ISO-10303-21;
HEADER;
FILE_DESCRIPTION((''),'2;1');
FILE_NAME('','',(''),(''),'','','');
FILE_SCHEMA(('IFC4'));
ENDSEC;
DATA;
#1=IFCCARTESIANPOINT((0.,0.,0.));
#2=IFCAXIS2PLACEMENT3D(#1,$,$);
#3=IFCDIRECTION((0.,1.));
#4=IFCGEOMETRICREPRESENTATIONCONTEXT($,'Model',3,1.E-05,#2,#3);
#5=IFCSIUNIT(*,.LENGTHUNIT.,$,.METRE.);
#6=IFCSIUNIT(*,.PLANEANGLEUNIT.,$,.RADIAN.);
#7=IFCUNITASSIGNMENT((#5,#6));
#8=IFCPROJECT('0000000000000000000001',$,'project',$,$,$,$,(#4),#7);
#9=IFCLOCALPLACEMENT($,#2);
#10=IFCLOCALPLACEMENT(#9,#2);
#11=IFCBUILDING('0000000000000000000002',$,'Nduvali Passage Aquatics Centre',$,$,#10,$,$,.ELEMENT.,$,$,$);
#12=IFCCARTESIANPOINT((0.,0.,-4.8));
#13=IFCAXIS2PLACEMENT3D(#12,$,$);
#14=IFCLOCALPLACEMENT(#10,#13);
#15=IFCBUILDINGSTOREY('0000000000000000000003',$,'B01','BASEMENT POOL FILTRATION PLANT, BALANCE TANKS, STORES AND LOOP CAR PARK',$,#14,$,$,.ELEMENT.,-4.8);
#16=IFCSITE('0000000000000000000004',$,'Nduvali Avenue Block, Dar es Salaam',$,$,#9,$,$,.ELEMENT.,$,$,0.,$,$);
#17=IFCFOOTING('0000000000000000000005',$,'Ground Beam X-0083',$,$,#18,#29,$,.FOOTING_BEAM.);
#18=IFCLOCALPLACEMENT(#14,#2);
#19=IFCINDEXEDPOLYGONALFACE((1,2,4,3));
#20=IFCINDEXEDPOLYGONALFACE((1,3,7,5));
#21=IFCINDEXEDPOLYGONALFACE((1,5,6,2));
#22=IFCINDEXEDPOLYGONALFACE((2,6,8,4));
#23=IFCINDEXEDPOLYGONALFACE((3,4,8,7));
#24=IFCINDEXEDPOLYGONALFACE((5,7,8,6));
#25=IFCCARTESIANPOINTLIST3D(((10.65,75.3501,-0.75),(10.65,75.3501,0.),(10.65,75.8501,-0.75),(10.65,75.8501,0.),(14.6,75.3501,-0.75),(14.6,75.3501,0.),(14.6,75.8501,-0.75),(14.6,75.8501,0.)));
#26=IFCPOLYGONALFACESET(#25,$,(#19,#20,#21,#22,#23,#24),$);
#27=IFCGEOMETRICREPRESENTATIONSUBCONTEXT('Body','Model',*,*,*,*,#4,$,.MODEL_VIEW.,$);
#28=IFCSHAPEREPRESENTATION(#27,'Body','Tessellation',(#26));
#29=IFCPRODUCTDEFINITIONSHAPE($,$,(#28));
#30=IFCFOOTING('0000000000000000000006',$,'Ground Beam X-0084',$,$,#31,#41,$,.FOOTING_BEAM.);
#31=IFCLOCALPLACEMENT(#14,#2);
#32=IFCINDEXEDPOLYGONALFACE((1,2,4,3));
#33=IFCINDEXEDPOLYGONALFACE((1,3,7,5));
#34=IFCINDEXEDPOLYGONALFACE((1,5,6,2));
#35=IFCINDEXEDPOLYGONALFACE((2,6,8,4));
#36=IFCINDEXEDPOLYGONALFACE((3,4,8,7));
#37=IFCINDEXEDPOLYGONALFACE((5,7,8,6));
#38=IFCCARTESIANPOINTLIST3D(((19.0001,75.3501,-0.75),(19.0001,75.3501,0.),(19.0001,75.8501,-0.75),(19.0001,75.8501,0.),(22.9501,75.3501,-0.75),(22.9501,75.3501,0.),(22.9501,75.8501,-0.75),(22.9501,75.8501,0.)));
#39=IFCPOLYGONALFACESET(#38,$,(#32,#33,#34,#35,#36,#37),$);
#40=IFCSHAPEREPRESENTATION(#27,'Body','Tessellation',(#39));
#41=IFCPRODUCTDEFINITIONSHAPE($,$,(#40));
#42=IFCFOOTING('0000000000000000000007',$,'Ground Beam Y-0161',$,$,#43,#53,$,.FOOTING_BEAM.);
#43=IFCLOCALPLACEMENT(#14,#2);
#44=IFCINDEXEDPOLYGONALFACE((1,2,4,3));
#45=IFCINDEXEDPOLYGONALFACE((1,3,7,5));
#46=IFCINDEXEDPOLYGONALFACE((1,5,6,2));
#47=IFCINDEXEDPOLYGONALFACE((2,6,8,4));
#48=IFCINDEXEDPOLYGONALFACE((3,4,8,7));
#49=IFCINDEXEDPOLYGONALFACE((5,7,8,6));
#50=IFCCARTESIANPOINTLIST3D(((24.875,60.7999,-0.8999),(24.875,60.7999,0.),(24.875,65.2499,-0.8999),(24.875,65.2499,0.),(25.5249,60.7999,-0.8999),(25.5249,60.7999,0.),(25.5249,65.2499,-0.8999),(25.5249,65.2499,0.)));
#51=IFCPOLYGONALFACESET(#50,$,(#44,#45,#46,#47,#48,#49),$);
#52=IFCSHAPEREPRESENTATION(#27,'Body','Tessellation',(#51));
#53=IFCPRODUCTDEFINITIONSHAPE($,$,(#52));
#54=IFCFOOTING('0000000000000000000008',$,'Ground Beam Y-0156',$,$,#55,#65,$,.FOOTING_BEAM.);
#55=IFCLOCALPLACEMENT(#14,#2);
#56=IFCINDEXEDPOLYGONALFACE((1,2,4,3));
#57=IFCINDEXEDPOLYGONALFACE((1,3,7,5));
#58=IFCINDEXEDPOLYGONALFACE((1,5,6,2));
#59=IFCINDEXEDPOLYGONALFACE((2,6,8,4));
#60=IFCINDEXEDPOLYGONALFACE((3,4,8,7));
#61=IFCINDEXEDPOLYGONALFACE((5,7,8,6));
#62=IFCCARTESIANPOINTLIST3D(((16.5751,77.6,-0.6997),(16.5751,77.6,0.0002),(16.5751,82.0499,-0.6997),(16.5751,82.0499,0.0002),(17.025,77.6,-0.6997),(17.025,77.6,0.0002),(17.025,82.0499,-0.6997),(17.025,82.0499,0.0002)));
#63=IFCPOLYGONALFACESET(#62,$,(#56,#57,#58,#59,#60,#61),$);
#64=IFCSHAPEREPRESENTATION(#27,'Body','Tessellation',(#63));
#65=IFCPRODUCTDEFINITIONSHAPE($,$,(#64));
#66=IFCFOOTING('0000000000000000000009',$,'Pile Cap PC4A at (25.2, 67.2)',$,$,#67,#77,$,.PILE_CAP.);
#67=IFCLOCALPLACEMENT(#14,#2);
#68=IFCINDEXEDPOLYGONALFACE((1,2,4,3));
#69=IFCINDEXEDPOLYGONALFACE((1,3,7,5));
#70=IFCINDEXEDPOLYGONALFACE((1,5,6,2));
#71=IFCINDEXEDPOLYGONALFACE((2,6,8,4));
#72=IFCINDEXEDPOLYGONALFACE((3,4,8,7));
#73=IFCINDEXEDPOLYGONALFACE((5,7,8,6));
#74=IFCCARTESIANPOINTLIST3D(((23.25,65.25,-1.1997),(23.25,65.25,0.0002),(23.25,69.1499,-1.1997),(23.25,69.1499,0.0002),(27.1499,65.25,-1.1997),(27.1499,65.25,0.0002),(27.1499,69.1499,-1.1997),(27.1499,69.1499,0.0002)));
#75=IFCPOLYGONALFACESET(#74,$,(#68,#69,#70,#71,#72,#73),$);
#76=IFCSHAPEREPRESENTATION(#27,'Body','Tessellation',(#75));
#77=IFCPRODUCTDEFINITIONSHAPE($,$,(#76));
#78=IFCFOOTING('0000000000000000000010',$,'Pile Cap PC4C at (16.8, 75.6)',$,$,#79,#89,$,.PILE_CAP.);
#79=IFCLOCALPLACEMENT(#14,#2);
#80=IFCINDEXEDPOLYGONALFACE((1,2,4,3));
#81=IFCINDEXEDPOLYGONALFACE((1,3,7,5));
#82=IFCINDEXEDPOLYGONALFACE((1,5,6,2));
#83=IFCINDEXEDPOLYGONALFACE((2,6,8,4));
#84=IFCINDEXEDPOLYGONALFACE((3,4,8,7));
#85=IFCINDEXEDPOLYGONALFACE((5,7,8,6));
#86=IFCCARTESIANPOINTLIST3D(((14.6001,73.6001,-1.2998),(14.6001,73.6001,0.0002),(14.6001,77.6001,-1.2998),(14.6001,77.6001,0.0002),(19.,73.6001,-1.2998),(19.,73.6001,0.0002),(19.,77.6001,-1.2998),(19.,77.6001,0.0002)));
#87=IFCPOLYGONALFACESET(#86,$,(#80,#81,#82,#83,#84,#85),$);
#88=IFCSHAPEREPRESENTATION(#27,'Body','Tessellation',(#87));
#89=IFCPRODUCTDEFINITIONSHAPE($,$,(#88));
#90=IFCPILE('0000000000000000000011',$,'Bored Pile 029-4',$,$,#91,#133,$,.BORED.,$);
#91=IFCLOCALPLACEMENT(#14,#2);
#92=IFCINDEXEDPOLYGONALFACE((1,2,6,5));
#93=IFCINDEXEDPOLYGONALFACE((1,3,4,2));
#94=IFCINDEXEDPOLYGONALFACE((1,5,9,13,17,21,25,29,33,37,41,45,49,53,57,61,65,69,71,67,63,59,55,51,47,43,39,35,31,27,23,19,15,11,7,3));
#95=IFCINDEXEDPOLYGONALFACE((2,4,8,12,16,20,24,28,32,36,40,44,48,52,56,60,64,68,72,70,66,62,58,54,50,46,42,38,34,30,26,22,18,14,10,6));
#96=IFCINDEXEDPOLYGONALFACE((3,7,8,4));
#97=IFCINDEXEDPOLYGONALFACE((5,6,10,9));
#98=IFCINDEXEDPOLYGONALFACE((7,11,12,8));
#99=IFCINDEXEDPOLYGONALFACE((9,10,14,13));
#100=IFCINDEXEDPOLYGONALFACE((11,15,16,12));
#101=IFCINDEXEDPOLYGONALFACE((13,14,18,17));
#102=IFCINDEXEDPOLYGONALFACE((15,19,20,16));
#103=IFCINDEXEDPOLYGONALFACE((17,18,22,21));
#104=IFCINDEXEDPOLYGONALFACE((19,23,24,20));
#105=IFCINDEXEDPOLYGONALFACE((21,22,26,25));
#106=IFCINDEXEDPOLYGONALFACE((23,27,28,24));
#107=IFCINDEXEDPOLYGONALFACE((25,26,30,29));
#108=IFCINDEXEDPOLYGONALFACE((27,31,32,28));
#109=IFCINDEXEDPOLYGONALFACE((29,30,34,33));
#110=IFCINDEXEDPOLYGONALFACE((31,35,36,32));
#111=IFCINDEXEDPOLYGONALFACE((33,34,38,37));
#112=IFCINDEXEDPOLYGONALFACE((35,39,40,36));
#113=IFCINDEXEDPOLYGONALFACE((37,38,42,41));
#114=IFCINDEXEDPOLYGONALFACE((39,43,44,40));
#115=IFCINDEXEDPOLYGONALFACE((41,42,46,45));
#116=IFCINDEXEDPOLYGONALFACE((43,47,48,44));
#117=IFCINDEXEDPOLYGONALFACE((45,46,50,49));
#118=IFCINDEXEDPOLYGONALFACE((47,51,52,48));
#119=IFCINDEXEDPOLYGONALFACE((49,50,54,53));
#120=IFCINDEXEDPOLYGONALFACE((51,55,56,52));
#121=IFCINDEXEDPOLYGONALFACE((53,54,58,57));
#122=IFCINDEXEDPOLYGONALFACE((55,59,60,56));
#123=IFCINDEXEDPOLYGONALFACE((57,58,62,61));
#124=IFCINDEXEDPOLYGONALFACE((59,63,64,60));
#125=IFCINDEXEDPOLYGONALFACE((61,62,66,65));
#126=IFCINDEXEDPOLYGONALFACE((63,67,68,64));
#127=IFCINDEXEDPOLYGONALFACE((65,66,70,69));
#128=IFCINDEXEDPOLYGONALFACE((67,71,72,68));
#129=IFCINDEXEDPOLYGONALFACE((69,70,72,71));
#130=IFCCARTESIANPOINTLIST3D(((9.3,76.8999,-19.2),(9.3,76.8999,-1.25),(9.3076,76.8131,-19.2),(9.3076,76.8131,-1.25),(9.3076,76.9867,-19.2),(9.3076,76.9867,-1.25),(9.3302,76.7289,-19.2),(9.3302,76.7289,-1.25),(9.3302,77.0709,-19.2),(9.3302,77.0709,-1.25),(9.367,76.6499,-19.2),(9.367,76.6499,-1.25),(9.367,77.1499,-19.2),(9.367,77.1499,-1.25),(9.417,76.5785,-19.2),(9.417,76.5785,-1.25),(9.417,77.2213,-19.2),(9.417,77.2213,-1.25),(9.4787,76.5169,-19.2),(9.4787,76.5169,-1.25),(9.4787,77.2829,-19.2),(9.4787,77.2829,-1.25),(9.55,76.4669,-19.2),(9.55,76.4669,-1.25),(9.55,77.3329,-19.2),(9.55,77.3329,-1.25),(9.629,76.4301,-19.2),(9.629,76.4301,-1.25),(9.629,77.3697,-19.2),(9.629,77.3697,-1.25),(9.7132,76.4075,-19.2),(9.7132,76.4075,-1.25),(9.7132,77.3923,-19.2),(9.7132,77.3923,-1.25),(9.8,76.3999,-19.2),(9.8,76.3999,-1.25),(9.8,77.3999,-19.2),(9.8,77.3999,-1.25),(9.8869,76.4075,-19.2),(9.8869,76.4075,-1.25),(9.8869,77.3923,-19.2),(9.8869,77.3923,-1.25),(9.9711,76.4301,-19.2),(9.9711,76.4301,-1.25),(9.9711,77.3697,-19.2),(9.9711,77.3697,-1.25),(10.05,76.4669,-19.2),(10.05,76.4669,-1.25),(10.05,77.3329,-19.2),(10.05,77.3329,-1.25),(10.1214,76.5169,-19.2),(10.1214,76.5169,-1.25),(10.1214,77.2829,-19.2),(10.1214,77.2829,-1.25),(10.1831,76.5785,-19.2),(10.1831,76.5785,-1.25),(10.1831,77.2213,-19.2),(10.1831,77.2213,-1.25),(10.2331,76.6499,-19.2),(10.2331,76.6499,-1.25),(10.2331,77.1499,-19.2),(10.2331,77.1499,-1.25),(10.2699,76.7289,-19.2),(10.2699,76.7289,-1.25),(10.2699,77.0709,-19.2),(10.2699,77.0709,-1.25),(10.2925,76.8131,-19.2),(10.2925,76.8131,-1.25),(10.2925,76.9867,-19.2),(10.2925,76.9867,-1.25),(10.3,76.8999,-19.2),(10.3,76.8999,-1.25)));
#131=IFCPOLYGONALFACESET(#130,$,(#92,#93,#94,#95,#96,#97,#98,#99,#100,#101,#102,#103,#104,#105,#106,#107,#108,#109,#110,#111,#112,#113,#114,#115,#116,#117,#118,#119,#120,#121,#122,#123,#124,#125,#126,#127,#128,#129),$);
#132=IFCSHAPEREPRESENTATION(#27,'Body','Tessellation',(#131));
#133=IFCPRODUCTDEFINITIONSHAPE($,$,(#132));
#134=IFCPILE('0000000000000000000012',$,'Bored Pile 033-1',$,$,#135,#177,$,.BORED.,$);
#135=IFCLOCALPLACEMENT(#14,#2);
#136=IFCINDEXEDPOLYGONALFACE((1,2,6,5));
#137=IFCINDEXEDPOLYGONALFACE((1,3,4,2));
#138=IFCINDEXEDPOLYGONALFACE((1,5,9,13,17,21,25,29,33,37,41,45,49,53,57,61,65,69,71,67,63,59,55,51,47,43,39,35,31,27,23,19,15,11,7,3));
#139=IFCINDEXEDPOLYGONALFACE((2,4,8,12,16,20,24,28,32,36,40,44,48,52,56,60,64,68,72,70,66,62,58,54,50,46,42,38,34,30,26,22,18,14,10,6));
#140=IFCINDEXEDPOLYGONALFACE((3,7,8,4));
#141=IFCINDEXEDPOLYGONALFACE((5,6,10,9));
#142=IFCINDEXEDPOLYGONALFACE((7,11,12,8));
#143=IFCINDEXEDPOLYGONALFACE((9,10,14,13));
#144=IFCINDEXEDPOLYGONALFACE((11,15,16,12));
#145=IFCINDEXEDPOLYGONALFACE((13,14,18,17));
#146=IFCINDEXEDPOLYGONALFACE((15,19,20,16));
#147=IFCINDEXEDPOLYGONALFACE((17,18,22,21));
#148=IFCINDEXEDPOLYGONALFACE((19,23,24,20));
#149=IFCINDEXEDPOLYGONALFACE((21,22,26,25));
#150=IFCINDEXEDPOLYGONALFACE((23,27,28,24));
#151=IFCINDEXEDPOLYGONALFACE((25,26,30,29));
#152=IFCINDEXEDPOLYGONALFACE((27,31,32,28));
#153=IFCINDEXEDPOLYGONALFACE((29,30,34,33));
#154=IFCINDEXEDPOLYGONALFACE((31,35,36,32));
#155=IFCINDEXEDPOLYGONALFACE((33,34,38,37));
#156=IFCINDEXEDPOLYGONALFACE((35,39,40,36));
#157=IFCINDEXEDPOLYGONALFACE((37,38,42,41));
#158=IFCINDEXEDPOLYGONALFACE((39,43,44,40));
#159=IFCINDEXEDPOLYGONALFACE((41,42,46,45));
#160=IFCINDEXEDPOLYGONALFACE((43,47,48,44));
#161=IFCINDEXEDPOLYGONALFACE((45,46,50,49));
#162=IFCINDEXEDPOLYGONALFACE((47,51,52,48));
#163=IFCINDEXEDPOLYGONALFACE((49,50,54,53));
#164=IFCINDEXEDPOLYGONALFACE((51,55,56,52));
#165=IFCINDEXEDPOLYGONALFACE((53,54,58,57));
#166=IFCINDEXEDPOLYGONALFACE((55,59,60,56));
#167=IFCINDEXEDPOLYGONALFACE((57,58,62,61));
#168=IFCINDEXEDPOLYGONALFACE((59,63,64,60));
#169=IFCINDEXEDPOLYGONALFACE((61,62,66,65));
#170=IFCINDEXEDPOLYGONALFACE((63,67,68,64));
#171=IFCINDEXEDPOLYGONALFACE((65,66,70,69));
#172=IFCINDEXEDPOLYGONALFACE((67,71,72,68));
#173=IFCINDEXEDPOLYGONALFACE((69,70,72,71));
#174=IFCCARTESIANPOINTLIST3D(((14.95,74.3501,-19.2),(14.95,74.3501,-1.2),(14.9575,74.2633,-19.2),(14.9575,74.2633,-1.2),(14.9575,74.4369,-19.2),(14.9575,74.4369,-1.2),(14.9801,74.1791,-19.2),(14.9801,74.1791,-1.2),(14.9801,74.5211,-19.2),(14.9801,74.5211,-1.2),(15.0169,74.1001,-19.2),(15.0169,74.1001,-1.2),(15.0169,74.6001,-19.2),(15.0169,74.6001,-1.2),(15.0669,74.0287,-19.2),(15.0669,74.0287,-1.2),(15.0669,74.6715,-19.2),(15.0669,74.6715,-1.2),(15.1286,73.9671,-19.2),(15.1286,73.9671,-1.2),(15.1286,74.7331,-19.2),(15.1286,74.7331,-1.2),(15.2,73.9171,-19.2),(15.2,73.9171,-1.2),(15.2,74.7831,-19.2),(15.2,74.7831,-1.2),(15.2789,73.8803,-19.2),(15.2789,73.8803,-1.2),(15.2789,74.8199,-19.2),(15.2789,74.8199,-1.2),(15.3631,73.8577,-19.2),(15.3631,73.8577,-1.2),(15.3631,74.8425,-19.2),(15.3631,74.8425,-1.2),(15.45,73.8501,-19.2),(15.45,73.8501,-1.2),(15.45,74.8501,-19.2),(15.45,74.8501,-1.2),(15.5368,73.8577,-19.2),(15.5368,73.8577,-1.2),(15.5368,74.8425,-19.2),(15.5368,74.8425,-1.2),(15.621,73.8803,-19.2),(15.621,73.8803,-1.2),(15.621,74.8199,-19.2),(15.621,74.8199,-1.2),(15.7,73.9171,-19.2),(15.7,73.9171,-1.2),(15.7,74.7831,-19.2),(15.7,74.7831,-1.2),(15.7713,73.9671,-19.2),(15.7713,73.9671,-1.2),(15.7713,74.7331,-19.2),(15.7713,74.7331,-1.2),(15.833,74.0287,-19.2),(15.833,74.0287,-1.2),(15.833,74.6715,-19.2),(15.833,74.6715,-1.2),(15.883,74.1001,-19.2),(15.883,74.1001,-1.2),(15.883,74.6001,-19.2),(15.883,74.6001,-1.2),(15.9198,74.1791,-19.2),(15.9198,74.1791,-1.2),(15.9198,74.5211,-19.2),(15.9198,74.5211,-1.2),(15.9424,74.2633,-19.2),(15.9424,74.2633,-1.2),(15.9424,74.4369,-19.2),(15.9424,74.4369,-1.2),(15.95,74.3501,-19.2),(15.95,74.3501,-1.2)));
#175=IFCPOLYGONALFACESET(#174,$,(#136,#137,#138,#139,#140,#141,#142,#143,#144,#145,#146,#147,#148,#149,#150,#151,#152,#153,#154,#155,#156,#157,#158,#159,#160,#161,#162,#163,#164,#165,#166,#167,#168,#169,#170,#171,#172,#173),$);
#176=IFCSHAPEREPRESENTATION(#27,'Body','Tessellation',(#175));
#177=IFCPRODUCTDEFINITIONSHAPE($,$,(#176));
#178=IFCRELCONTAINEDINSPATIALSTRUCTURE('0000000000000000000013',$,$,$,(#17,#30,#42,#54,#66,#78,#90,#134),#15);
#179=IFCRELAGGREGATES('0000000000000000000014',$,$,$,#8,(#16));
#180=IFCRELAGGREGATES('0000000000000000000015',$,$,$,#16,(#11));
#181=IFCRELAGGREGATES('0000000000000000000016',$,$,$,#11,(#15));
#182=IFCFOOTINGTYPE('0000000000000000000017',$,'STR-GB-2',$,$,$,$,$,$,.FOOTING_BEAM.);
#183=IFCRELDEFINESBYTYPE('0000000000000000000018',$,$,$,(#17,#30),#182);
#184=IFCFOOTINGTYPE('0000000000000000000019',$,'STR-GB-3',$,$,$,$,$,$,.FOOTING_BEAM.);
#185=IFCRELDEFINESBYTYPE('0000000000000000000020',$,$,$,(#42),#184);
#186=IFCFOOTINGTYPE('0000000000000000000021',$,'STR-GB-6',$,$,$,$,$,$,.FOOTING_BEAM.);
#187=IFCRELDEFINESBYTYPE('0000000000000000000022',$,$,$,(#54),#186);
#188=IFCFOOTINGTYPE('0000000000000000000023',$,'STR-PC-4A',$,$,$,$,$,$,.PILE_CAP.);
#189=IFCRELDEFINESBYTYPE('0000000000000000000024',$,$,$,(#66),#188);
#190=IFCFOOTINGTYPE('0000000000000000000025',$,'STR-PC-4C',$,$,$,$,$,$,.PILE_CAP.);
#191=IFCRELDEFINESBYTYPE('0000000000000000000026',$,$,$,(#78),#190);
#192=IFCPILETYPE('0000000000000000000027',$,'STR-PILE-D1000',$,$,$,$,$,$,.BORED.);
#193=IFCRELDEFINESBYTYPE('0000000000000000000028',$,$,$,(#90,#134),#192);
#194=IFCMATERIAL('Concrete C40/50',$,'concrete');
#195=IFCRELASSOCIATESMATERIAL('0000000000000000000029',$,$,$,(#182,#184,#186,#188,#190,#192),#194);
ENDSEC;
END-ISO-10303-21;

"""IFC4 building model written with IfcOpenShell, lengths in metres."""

from ifc_helpers import new_model, si_unit, direction, frame, origin, origin_2d, place, context, subcontext, project, spatial, rectangle, circle, extrude, material, material_profile, profile_set, type_object, element, save


model = new_model("IFC4")

# Units and contexts
model_context = context("Model", 3, precision=1e-05, world=origin(), true_north=direction((0.0, 1.0)))
body_context = subcontext(model_context, "Body", "Model", "MODEL_VIEW")
ifc_project = project(units=[si_unit("LENGTHUNIT", "METRE"), si_unit("PLANEANGLEUNIT", "RADIAN")], contexts=[model_context])

# Site, building, storey
site_placement = place(None, origin())
site = spatial("IfcSite", under=ifc_project, at=site_placement, Name="Nduvali Avenue Block, Dar es Salaam", CompositionType="ELEMENT", RefElevation=0.0)
building_placement = place(site_placement, origin())
building = spatial("IfcBuilding", under=site, at=building_placement, Name="Nduvali Passage Aquatics Centre", CompositionType="ELEMENT")
storey_placement = place(building_placement, frame((0.0, 0.0, -4.8)))
storey = spatial("IfcBuildingStorey", under=building, at=storey_placement, Name="B01", Description="BASEMENT POOL FILTRATION PLANT, BALANCE TANKS, STORES AND LOOP CAR PARK", CompositionType="ELEMENT", Elevation=-4.8)

# Footings
ifc_material_1 = material(Name="Concrete C40/50", Category="concrete")
footing_type_1 = type_object("IfcFootingType", Name="STR-GB-2", PredefinedType="FOOTING_BEAM", material=ifc_material_1)
for number, where, z_axis, x_axis, name in (
    (1, (12.625, 75.6001, -0.75), (0.0, 0.0, 1.0), (1.0, 0.0, 0.0), "Ground Beam X-0083"),
    (2, (20.9751, 75.6001, -0.75), (0.0, 0.0, 1.0), (1.0, 0.0, 0.0), "Ground Beam X-0084"),
):
    element("IfcFooting", number, at=place(storey_placement, frame(where, z_axis=z_axis, x_axis=x_axis)), inside=storey, type_object=footing_type_1, Name=name, PredefinedType="FOOTING_BEAM", context=body_context, shape_type="SweptSolid", body=[
        extrude(rectangle(XDim=3.95, YDim=0.5, at=origin_2d()), origin(), (0.0, 0.0, 1.0), 0.75),
    ])
footing_type_2 = type_object("IfcFootingType", Name="STR-GB-3", PredefinedType="FOOTING_BEAM", material=ifc_material_1)
footing_1_placement = place(storey_placement, frame((25.2, 63.0249, -0.8999), z_axis=(0.0, 0.0, 1.0), x_axis=(0.0, 1.0, 0.0)))
element("IfcFooting", 3, at=footing_1_placement, inside=storey, type_object=footing_type_2, Name="Ground Beam Y-0161", PredefinedType="FOOTING_BEAM", context=body_context, shape_type="SweptSolid", body=[
    extrude(rectangle(XDim=4.45, YDim=0.6499, at=origin_2d()), origin(), (0.0, 0.0, 1.0), 0.8999),
])
footing_type_3 = type_object("IfcFootingType", Name="STR-GB-6", PredefinedType="FOOTING_BEAM", material=ifc_material_1)
footing_2_placement = place(storey_placement, frame((16.8, 79.825, -0.6997), z_axis=(0.0, 0.0, 1.0), x_axis=(0.0, 1.0, 0.0)))
element("IfcFooting", 4, at=footing_2_placement, inside=storey, type_object=footing_type_3, Name="Ground Beam Y-0156", PredefinedType="FOOTING_BEAM", context=body_context, shape_type="SweptSolid", body=[
    extrude(rectangle(XDim=4.45, YDim=0.45, at=origin_2d()), origin(), (0.0, 0.0, 1.0), 0.7),
])
footing_type_4 = type_object("IfcFootingType", Name="STR-PC-4A", PredefinedType="PILE_CAP", material=ifc_material_1)
footing_3_placement = place(storey_placement, frame((25.2, 67.2, -1.1997), z_axis=(0.0, 0.0, 1.0), x_axis=(1.0, 0.0, 0.0)))
element("IfcFooting", 5, at=footing_3_placement, inside=storey, type_object=footing_type_4, Name="Pile Cap PC4A at (25.2, 67.2)", PredefinedType="PILE_CAP", context=body_context, shape_type="SweptSolid", body=[
    extrude(rectangle(XDim=3.8999, YDim=3.8999, at=origin_2d()), origin(), (0.0, 0.0, 1.0), 1.2),
])
footing_type_5 = type_object("IfcFootingType", Name="STR-PC-4C", PredefinedType="PILE_CAP", material=ifc_material_1)
footing_4_placement = place(storey_placement, frame((16.8, 75.6001, -1.2998), z_axis=(0.0, 0.0, 1.0), x_axis=(1.0, 0.0, 0.0)))
element("IfcFooting", 6, at=footing_4_placement, inside=storey, type_object=footing_type_5, Name="Pile Cap PC4C at (16.8, 75.6)", PredefinedType="PILE_CAP", context=body_context, shape_type="SweptSolid", body=[
    extrude(rectangle(XDim=4.3999, YDim=4.0, at=origin_2d()), origin(), (0.0, 0.0, 1.0), 1.3),
])

# Piles
ifc_material_profile_1 = material_profile(ifc_material_1, circle(Radius=0.5, at=origin_2d()), Name="PILE D1000")
ifc_profile_set_1 = profile_set([ifc_material_profile_1], Name="Concrete C40/50")
pile_type_1 = type_object("IfcPileType", Name="STR-PILE-D1000", PredefinedType="BORED", material=ifc_profile_set_1)
pile_placement = place(storey_placement, frame((9.8, 76.8999, -1.25), z_axis=(0.0, 0.0, -1.0), x_axis=(1.0, 0.0, 0.0)))
element("IfcPile", 7, at=pile_placement, inside=storey, type_object=pile_type_1, Name="Bored Pile 029-4", PredefinedType="BORED", context=body_context, shape_type="SweptSolid", body=[
    extrude(circle(Radius=0.5, at=origin_2d()), origin(), (0.0, 0.0, 1.0), 17.95),
])
for number, where, z_axis, x_axis, name in (
    (8, (15.45, 74.3501, -1.2), (0.0, 0.0, -1.0), (1.0, 0.0, 0.0), "Bored Pile 033-1"),
):
    element("IfcPile", number, at=place(storey_placement, frame(where, z_axis=z_axis, x_axis=x_axis)), inside=storey, type_object=pile_type_1, Name=name, PredefinedType="BORED", context=body_context, shape_type="SweptSolid", body=[
        extrude(circle(Radius=0.5, at=origin_2d()), origin(), (0.0, 0.0, 1.0), 18.0),
    ])

save(model, "model.ifc")
